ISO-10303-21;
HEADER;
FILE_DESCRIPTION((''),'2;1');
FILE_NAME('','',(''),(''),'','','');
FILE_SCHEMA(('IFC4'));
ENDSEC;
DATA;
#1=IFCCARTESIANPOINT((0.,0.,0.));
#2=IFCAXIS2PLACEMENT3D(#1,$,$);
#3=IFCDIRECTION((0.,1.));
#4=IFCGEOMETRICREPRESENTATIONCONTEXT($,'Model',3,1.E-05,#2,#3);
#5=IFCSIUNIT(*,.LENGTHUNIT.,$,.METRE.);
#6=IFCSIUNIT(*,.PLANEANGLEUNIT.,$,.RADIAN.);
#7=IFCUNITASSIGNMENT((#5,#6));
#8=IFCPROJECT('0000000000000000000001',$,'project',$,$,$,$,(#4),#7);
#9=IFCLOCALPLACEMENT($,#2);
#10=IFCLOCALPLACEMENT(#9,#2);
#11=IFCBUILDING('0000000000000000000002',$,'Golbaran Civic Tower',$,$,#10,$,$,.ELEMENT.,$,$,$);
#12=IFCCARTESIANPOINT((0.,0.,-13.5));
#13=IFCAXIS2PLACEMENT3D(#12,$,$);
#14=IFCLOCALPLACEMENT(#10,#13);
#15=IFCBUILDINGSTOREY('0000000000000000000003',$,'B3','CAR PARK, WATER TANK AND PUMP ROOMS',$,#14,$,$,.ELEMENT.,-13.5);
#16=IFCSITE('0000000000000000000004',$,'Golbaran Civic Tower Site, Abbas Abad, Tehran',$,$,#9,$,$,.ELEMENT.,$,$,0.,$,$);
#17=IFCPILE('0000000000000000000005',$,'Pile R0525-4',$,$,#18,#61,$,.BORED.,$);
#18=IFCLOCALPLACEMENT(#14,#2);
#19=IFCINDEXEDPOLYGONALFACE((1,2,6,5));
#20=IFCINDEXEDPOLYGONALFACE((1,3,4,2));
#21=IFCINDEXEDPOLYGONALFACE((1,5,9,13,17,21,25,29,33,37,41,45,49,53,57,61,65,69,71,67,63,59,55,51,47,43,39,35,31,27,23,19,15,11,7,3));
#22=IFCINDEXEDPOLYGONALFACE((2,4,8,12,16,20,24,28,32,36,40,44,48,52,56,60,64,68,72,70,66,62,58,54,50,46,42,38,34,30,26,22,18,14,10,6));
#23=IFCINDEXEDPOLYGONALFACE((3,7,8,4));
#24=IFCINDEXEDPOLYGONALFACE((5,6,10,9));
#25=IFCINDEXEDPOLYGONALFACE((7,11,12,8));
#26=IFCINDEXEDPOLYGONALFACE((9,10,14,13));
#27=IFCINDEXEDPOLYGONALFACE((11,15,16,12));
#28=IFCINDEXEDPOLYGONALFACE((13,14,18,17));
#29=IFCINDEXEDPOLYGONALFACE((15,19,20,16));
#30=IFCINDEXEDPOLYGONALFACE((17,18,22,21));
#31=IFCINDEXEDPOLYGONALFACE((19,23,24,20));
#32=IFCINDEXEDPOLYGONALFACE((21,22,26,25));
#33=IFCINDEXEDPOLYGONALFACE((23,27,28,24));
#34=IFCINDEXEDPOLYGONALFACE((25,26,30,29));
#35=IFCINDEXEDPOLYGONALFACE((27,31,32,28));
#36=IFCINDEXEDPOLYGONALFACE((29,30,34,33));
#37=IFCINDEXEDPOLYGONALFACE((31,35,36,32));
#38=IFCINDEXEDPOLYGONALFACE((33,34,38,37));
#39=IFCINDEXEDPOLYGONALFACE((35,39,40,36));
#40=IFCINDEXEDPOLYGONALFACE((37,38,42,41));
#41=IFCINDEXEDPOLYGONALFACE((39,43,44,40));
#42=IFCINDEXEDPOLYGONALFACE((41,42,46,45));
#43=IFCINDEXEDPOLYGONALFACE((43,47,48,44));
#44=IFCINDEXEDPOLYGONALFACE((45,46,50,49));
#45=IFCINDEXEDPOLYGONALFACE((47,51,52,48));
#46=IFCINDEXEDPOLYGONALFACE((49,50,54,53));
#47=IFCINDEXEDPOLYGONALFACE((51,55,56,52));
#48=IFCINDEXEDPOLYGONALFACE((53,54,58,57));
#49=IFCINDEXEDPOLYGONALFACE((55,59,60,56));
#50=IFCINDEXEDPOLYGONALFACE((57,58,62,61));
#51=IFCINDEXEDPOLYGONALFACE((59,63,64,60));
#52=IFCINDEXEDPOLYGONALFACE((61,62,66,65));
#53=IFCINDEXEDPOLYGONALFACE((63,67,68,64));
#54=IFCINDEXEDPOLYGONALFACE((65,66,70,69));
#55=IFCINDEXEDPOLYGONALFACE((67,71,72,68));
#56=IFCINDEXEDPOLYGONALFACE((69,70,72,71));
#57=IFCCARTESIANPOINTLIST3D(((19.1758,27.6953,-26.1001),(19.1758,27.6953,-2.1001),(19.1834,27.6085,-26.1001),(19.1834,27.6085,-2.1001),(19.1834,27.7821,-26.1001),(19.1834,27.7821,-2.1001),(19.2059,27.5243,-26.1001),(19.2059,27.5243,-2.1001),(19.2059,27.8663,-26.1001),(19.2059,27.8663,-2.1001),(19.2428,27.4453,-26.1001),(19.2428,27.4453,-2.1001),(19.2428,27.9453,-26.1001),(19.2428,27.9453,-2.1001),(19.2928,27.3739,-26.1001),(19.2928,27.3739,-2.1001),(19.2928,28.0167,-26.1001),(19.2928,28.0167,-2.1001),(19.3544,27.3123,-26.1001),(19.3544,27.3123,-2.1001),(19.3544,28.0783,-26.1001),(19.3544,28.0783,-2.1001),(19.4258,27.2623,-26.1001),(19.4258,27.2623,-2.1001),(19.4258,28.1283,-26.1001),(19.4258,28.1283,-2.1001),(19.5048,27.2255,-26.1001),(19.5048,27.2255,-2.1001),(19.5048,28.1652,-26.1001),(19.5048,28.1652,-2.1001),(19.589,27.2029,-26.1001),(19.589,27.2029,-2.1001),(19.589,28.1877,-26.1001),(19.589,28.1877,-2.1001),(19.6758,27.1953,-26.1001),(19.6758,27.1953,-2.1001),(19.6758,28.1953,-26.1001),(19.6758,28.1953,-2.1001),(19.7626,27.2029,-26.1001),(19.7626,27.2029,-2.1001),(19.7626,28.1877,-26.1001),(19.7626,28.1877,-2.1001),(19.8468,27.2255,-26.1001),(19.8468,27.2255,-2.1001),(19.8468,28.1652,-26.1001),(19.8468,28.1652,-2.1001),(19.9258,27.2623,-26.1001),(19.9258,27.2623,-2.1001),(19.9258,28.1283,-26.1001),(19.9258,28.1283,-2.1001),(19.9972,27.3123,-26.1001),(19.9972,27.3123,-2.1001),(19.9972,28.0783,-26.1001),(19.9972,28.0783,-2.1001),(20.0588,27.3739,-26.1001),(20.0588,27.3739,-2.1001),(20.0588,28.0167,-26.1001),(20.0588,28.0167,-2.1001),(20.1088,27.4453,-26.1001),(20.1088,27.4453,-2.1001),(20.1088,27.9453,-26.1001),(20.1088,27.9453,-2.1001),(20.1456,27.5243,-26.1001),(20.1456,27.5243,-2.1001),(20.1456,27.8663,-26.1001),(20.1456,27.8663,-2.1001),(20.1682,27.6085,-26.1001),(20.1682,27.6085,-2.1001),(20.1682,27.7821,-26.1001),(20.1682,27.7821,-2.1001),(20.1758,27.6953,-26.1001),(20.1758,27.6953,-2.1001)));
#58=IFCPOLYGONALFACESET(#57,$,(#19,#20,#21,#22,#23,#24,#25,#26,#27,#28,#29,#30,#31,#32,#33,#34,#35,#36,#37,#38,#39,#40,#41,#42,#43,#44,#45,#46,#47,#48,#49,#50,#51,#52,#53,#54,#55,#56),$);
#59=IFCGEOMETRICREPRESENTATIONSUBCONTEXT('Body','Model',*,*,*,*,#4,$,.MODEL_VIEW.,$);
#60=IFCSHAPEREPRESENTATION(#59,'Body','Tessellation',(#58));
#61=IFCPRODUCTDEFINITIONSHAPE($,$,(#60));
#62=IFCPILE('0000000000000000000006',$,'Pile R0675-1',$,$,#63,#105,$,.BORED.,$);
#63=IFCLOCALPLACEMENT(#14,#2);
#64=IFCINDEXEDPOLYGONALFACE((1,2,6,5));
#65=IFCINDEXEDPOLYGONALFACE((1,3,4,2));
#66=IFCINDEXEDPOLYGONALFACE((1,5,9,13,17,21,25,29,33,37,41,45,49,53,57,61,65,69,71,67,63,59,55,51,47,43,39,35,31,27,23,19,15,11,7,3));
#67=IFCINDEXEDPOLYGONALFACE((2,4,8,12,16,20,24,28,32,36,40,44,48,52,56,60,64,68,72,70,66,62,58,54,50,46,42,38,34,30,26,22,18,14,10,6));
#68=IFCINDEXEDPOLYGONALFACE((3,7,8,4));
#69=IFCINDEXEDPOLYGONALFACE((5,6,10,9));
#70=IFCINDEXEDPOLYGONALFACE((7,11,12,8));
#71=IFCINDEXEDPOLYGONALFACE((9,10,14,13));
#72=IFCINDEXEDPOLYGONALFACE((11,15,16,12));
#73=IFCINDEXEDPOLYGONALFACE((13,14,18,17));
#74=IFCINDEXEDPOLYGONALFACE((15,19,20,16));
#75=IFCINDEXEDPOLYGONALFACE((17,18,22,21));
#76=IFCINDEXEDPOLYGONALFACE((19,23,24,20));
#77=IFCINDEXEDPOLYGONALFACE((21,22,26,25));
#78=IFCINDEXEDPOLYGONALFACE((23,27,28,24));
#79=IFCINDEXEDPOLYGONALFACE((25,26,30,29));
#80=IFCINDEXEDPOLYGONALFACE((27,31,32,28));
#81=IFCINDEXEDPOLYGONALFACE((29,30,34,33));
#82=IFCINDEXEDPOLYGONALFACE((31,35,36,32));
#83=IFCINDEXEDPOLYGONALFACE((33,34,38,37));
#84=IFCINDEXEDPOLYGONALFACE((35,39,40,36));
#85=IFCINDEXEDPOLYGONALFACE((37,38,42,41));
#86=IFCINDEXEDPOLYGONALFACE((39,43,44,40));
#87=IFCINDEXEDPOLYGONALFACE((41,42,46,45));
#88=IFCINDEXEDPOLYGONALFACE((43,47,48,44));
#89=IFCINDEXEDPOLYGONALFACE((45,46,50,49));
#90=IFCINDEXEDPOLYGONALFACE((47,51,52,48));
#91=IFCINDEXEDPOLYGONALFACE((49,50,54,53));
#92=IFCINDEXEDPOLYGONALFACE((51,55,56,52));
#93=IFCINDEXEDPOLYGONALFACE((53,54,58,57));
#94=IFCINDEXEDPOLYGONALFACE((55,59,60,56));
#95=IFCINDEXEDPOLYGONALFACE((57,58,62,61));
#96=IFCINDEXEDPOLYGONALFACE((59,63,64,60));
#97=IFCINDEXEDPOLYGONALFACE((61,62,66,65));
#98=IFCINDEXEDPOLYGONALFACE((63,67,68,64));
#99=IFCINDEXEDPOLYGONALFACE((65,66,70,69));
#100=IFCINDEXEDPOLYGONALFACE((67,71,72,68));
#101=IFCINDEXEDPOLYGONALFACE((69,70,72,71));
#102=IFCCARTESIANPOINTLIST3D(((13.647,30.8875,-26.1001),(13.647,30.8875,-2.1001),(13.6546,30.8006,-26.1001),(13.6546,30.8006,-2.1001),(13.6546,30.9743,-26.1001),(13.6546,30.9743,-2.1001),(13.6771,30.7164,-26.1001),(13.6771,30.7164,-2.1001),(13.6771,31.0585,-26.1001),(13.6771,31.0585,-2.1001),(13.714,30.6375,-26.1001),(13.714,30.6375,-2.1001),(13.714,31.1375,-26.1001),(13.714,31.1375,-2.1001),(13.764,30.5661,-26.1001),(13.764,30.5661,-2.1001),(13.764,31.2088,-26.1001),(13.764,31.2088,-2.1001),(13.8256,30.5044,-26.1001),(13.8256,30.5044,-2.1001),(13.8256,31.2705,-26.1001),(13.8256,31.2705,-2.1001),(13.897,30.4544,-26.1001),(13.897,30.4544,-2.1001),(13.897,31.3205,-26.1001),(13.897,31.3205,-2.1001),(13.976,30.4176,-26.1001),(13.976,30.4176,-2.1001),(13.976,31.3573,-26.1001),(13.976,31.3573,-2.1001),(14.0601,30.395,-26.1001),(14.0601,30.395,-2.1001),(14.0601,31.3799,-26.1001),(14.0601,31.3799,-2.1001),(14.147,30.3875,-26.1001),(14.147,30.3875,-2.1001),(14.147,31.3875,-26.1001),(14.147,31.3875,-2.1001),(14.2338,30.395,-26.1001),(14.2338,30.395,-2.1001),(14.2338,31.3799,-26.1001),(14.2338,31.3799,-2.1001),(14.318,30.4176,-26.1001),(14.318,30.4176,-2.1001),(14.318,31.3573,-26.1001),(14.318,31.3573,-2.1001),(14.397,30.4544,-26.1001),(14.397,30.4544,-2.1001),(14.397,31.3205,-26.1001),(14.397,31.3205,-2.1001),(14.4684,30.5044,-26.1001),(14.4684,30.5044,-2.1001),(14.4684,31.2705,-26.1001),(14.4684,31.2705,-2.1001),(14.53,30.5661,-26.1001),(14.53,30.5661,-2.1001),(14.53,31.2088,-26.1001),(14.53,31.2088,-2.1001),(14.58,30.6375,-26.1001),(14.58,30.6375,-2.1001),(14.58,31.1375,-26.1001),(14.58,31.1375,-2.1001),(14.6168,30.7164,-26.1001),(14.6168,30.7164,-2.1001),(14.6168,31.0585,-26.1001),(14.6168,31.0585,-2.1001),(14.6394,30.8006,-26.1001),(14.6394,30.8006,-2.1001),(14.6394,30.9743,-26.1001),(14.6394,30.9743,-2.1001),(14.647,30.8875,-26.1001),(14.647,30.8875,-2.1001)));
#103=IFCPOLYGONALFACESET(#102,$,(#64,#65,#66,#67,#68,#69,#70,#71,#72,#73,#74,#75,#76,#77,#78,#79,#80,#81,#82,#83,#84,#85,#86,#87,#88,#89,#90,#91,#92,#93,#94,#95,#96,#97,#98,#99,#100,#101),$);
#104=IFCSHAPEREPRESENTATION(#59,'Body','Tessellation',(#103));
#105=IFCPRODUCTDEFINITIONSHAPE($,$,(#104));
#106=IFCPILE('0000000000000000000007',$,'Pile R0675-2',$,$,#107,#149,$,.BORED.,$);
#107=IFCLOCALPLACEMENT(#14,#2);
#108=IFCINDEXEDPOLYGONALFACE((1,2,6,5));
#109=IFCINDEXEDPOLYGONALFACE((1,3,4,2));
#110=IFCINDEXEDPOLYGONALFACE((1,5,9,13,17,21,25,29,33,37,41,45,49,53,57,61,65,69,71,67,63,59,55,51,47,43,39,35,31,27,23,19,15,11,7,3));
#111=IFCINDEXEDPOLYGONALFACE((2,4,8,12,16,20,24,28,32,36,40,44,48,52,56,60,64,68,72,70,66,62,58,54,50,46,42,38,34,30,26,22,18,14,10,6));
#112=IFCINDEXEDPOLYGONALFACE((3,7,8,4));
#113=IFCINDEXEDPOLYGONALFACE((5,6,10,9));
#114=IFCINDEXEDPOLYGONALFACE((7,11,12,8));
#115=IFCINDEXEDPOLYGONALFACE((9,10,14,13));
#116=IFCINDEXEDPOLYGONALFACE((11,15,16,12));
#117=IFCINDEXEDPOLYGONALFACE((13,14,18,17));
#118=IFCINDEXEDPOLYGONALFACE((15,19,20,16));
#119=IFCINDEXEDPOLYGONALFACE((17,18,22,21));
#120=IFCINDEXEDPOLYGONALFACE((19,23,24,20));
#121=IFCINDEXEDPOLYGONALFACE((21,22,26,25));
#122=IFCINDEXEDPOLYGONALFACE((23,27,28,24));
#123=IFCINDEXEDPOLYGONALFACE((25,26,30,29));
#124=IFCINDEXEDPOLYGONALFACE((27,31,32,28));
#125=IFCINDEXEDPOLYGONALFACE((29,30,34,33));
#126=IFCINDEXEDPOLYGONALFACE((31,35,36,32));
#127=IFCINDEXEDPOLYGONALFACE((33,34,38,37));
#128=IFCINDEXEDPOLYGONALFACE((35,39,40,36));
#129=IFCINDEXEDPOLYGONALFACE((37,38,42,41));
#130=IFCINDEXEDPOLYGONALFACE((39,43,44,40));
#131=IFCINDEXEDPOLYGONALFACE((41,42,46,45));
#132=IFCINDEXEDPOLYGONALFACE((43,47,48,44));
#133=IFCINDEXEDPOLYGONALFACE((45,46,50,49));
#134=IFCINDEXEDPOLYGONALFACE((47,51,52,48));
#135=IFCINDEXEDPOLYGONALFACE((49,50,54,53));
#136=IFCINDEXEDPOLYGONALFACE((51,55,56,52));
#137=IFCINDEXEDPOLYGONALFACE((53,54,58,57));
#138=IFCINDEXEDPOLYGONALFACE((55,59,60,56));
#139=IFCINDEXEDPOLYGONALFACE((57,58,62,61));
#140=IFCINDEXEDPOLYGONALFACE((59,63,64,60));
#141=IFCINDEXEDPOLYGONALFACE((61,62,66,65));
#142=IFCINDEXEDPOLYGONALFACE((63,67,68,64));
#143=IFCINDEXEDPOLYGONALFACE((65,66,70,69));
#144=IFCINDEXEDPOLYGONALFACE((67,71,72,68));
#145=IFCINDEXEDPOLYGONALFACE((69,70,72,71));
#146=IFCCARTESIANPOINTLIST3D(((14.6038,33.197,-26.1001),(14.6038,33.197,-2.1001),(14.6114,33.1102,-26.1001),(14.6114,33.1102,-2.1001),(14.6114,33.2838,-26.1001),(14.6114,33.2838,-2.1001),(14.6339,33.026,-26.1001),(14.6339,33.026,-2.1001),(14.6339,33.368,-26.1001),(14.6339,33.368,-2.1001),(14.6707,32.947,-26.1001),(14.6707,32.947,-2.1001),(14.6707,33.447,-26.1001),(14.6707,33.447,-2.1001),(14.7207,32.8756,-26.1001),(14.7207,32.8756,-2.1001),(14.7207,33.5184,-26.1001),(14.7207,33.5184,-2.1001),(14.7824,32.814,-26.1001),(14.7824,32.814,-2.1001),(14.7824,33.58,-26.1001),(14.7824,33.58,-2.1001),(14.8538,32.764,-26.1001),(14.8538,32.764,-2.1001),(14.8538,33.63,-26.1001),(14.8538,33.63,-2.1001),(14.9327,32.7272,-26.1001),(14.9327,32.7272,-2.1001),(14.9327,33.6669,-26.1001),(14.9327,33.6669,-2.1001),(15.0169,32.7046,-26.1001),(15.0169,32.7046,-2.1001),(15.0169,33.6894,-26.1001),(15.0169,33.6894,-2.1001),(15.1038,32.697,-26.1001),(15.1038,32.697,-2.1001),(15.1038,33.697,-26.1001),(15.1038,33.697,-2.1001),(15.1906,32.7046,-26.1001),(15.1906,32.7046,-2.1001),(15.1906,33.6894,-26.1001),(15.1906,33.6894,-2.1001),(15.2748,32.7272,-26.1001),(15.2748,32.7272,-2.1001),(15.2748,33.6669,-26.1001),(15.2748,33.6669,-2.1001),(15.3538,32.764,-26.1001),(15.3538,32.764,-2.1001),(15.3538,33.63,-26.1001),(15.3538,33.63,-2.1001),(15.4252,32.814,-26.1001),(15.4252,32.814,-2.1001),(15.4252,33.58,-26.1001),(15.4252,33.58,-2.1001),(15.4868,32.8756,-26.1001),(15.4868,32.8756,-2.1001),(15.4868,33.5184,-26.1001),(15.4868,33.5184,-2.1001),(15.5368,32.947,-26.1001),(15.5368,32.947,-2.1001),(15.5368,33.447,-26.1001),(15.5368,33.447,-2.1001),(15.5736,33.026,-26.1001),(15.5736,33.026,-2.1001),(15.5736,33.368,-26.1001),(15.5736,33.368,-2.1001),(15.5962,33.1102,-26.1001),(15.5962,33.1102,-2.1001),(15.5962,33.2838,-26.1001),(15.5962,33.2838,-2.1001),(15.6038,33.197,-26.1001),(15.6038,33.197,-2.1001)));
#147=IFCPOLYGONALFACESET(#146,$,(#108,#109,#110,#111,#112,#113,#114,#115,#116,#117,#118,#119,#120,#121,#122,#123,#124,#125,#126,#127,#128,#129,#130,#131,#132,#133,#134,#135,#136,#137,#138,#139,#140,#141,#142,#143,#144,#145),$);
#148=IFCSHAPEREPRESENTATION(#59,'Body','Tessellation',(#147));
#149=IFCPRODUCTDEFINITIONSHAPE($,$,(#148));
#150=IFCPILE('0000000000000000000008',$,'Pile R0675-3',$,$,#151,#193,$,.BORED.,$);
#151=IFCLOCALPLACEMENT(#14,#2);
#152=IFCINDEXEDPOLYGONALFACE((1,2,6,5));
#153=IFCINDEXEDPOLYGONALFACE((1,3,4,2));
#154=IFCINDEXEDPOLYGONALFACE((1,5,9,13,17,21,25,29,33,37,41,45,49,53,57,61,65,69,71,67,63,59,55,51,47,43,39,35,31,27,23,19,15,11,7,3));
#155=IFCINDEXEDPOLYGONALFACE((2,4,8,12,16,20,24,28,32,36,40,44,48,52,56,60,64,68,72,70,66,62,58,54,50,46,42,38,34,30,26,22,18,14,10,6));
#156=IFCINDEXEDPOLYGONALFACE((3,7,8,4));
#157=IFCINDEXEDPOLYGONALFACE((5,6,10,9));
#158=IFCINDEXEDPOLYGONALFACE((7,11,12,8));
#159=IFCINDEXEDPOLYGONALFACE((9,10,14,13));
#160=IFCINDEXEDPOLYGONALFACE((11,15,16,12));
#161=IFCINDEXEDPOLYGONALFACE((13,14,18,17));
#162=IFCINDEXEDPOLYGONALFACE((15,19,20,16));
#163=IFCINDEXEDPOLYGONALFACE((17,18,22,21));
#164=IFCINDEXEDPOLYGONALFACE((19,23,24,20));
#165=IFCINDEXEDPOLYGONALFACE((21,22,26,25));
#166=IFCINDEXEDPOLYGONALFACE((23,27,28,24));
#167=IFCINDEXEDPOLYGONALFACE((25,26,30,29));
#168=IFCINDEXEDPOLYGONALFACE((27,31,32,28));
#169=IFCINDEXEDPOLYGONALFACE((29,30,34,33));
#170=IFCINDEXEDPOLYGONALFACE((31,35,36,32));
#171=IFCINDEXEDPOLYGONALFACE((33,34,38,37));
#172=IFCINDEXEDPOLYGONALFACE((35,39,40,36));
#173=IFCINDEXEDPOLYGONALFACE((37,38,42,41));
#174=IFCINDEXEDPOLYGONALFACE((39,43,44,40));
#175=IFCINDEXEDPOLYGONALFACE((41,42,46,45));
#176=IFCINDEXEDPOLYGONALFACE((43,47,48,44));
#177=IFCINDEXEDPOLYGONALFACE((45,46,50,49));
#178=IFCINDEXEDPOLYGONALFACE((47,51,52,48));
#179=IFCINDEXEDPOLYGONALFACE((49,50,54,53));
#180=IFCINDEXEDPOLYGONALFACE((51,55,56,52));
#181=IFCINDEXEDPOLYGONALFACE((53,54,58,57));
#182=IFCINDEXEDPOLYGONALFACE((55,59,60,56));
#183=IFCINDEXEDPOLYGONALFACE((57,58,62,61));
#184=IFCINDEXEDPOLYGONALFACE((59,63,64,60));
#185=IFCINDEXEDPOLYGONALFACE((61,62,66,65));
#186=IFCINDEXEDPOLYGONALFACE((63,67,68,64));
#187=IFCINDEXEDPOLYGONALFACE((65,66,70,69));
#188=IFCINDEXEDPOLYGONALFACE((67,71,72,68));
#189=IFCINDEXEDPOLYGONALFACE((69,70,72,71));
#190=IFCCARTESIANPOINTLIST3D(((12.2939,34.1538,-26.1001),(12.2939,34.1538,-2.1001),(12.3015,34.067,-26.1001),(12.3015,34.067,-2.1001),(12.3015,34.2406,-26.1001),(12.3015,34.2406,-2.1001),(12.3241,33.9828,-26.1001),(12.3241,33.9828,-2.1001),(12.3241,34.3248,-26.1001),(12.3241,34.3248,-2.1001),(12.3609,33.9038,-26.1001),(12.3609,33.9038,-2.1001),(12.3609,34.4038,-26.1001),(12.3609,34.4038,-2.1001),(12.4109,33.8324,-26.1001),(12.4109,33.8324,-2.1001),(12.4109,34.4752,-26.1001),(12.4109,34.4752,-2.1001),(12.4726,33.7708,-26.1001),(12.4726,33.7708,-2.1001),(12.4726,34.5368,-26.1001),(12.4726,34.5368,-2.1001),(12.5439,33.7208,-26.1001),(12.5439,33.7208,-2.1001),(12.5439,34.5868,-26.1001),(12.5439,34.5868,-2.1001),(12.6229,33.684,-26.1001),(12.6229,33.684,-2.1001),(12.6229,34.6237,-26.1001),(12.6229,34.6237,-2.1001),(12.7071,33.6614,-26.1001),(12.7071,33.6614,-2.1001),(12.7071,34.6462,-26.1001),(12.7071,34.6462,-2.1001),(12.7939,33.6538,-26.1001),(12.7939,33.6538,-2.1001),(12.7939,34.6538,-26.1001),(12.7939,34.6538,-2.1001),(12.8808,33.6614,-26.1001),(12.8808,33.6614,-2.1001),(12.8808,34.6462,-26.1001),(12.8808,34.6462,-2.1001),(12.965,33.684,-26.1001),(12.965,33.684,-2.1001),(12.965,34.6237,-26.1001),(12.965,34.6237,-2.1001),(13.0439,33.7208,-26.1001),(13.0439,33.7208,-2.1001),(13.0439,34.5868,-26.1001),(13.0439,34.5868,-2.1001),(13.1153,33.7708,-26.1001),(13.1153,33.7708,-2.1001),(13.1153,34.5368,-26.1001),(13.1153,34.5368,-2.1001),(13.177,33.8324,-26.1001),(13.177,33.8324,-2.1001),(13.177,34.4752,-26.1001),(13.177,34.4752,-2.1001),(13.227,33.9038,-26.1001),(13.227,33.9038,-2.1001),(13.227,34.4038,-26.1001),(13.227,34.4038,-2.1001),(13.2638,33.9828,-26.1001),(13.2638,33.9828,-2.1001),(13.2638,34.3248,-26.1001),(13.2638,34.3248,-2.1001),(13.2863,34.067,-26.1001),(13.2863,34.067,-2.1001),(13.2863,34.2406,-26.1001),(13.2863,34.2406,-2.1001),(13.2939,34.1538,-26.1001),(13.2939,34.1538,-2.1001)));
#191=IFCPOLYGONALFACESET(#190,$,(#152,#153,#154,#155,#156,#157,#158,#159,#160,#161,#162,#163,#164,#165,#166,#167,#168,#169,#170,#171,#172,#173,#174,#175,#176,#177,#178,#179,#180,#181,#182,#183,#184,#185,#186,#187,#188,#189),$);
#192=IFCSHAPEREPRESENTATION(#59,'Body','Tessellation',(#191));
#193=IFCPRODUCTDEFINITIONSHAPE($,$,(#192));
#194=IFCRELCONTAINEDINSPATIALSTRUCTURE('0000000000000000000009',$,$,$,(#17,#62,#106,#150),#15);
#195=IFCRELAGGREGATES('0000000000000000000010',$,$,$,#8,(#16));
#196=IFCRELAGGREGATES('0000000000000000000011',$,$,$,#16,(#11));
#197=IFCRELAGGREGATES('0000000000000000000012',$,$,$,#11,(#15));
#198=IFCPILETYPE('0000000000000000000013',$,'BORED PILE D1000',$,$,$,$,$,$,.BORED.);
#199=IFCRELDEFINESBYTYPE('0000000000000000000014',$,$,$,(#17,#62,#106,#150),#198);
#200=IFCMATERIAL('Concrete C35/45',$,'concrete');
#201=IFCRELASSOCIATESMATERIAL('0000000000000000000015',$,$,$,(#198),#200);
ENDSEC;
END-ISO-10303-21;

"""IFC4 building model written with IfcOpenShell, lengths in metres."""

from ifc_helpers import new_model, si_unit, direction, frame, origin, origin_2d, place, context, subcontext, project, spatial, circle, extrude, material, material_profile, profile_set, type_object, element, save


model = new_model("IFC4")

# Units and contexts
model_context = context("Model", 3, precision=1e-05, world=origin(), true_north=direction((0.0, 1.0)))
body_context = subcontext(model_context, "Body", "Model", "MODEL_VIEW")
ifc_project = project(units=[si_unit("LENGTHUNIT", "METRE"), si_unit("PLANEANGLEUNIT", "RADIAN")], contexts=[model_context])

# Site, building, storey
site_placement = place(None, origin())
site = spatial("IfcSite", under=ifc_project, at=site_placement, Name="Golbaran Civic Tower Site, Abbas Abad, Tehran", CompositionType="ELEMENT", RefElevation=0.0)
building_placement = place(site_placement, origin())
building = spatial("IfcBuilding", under=site, at=building_placement, Name="Golbaran Civic Tower", CompositionType="ELEMENT")
storey_placement = place(building_placement, frame((0.0, 0.0, -13.5)))
storey = spatial("IfcBuildingStorey", under=building, at=storey_placement, Name="B3", Description="CAR PARK, WATER TANK AND PUMP ROOMS", CompositionType="ELEMENT", Elevation=-13.5)

# Piles
ifc_material_1 = material(Name="Concrete C35/45", Category="concrete")
ifc_material_profile_1 = material_profile(ifc_material_1, circle(Radius=0.5, at=origin_2d()), Name="BORED PILE D1000")
ifc_profile_set_1 = profile_set([ifc_material_profile_1], Name="Concrete C35/45")
pile_type_1 = type_object("IfcPileType", Name="BORED PILE D1000", PredefinedType="BORED", material=ifc_profile_set_1)
for number, where, z_axis, x_axis, name in (
    (1, (19.6758, 27.6953, -2.1001), (0.0, 0.0, -1.0), (1.0, 0.0, 0.0), "Pile R0525-4"),
    (2, (14.147, 30.8875, -2.1001), (0.0, 0.0, -1.0), (1.0, 0.0, 0.0), "Pile R0675-1"),
    (3, (15.1038, 33.197, -2.1001), (0.0, 0.0, -1.0), (1.0, 0.0, 0.0), "Pile R0675-2"),
    (4, (12.7939, 34.1538, -2.1001), (0.0, 0.0, -1.0), (1.0, 0.0, 0.0), "Pile R0675-3"),
):
    element("IfcPile", number, at=place(storey_placement, frame(where, z_axis=z_axis, x_axis=x_axis)), inside=storey, type_object=pile_type_1, Name=name, PredefinedType="BORED", context=body_context, shape_type="SweptSolid", body=[
        extrude(circle(Radius=0.5, at=origin_2d()), origin(), (0.0, 0.0, 1.0), 24.0),
    ])

save(model, "model.ifc")
